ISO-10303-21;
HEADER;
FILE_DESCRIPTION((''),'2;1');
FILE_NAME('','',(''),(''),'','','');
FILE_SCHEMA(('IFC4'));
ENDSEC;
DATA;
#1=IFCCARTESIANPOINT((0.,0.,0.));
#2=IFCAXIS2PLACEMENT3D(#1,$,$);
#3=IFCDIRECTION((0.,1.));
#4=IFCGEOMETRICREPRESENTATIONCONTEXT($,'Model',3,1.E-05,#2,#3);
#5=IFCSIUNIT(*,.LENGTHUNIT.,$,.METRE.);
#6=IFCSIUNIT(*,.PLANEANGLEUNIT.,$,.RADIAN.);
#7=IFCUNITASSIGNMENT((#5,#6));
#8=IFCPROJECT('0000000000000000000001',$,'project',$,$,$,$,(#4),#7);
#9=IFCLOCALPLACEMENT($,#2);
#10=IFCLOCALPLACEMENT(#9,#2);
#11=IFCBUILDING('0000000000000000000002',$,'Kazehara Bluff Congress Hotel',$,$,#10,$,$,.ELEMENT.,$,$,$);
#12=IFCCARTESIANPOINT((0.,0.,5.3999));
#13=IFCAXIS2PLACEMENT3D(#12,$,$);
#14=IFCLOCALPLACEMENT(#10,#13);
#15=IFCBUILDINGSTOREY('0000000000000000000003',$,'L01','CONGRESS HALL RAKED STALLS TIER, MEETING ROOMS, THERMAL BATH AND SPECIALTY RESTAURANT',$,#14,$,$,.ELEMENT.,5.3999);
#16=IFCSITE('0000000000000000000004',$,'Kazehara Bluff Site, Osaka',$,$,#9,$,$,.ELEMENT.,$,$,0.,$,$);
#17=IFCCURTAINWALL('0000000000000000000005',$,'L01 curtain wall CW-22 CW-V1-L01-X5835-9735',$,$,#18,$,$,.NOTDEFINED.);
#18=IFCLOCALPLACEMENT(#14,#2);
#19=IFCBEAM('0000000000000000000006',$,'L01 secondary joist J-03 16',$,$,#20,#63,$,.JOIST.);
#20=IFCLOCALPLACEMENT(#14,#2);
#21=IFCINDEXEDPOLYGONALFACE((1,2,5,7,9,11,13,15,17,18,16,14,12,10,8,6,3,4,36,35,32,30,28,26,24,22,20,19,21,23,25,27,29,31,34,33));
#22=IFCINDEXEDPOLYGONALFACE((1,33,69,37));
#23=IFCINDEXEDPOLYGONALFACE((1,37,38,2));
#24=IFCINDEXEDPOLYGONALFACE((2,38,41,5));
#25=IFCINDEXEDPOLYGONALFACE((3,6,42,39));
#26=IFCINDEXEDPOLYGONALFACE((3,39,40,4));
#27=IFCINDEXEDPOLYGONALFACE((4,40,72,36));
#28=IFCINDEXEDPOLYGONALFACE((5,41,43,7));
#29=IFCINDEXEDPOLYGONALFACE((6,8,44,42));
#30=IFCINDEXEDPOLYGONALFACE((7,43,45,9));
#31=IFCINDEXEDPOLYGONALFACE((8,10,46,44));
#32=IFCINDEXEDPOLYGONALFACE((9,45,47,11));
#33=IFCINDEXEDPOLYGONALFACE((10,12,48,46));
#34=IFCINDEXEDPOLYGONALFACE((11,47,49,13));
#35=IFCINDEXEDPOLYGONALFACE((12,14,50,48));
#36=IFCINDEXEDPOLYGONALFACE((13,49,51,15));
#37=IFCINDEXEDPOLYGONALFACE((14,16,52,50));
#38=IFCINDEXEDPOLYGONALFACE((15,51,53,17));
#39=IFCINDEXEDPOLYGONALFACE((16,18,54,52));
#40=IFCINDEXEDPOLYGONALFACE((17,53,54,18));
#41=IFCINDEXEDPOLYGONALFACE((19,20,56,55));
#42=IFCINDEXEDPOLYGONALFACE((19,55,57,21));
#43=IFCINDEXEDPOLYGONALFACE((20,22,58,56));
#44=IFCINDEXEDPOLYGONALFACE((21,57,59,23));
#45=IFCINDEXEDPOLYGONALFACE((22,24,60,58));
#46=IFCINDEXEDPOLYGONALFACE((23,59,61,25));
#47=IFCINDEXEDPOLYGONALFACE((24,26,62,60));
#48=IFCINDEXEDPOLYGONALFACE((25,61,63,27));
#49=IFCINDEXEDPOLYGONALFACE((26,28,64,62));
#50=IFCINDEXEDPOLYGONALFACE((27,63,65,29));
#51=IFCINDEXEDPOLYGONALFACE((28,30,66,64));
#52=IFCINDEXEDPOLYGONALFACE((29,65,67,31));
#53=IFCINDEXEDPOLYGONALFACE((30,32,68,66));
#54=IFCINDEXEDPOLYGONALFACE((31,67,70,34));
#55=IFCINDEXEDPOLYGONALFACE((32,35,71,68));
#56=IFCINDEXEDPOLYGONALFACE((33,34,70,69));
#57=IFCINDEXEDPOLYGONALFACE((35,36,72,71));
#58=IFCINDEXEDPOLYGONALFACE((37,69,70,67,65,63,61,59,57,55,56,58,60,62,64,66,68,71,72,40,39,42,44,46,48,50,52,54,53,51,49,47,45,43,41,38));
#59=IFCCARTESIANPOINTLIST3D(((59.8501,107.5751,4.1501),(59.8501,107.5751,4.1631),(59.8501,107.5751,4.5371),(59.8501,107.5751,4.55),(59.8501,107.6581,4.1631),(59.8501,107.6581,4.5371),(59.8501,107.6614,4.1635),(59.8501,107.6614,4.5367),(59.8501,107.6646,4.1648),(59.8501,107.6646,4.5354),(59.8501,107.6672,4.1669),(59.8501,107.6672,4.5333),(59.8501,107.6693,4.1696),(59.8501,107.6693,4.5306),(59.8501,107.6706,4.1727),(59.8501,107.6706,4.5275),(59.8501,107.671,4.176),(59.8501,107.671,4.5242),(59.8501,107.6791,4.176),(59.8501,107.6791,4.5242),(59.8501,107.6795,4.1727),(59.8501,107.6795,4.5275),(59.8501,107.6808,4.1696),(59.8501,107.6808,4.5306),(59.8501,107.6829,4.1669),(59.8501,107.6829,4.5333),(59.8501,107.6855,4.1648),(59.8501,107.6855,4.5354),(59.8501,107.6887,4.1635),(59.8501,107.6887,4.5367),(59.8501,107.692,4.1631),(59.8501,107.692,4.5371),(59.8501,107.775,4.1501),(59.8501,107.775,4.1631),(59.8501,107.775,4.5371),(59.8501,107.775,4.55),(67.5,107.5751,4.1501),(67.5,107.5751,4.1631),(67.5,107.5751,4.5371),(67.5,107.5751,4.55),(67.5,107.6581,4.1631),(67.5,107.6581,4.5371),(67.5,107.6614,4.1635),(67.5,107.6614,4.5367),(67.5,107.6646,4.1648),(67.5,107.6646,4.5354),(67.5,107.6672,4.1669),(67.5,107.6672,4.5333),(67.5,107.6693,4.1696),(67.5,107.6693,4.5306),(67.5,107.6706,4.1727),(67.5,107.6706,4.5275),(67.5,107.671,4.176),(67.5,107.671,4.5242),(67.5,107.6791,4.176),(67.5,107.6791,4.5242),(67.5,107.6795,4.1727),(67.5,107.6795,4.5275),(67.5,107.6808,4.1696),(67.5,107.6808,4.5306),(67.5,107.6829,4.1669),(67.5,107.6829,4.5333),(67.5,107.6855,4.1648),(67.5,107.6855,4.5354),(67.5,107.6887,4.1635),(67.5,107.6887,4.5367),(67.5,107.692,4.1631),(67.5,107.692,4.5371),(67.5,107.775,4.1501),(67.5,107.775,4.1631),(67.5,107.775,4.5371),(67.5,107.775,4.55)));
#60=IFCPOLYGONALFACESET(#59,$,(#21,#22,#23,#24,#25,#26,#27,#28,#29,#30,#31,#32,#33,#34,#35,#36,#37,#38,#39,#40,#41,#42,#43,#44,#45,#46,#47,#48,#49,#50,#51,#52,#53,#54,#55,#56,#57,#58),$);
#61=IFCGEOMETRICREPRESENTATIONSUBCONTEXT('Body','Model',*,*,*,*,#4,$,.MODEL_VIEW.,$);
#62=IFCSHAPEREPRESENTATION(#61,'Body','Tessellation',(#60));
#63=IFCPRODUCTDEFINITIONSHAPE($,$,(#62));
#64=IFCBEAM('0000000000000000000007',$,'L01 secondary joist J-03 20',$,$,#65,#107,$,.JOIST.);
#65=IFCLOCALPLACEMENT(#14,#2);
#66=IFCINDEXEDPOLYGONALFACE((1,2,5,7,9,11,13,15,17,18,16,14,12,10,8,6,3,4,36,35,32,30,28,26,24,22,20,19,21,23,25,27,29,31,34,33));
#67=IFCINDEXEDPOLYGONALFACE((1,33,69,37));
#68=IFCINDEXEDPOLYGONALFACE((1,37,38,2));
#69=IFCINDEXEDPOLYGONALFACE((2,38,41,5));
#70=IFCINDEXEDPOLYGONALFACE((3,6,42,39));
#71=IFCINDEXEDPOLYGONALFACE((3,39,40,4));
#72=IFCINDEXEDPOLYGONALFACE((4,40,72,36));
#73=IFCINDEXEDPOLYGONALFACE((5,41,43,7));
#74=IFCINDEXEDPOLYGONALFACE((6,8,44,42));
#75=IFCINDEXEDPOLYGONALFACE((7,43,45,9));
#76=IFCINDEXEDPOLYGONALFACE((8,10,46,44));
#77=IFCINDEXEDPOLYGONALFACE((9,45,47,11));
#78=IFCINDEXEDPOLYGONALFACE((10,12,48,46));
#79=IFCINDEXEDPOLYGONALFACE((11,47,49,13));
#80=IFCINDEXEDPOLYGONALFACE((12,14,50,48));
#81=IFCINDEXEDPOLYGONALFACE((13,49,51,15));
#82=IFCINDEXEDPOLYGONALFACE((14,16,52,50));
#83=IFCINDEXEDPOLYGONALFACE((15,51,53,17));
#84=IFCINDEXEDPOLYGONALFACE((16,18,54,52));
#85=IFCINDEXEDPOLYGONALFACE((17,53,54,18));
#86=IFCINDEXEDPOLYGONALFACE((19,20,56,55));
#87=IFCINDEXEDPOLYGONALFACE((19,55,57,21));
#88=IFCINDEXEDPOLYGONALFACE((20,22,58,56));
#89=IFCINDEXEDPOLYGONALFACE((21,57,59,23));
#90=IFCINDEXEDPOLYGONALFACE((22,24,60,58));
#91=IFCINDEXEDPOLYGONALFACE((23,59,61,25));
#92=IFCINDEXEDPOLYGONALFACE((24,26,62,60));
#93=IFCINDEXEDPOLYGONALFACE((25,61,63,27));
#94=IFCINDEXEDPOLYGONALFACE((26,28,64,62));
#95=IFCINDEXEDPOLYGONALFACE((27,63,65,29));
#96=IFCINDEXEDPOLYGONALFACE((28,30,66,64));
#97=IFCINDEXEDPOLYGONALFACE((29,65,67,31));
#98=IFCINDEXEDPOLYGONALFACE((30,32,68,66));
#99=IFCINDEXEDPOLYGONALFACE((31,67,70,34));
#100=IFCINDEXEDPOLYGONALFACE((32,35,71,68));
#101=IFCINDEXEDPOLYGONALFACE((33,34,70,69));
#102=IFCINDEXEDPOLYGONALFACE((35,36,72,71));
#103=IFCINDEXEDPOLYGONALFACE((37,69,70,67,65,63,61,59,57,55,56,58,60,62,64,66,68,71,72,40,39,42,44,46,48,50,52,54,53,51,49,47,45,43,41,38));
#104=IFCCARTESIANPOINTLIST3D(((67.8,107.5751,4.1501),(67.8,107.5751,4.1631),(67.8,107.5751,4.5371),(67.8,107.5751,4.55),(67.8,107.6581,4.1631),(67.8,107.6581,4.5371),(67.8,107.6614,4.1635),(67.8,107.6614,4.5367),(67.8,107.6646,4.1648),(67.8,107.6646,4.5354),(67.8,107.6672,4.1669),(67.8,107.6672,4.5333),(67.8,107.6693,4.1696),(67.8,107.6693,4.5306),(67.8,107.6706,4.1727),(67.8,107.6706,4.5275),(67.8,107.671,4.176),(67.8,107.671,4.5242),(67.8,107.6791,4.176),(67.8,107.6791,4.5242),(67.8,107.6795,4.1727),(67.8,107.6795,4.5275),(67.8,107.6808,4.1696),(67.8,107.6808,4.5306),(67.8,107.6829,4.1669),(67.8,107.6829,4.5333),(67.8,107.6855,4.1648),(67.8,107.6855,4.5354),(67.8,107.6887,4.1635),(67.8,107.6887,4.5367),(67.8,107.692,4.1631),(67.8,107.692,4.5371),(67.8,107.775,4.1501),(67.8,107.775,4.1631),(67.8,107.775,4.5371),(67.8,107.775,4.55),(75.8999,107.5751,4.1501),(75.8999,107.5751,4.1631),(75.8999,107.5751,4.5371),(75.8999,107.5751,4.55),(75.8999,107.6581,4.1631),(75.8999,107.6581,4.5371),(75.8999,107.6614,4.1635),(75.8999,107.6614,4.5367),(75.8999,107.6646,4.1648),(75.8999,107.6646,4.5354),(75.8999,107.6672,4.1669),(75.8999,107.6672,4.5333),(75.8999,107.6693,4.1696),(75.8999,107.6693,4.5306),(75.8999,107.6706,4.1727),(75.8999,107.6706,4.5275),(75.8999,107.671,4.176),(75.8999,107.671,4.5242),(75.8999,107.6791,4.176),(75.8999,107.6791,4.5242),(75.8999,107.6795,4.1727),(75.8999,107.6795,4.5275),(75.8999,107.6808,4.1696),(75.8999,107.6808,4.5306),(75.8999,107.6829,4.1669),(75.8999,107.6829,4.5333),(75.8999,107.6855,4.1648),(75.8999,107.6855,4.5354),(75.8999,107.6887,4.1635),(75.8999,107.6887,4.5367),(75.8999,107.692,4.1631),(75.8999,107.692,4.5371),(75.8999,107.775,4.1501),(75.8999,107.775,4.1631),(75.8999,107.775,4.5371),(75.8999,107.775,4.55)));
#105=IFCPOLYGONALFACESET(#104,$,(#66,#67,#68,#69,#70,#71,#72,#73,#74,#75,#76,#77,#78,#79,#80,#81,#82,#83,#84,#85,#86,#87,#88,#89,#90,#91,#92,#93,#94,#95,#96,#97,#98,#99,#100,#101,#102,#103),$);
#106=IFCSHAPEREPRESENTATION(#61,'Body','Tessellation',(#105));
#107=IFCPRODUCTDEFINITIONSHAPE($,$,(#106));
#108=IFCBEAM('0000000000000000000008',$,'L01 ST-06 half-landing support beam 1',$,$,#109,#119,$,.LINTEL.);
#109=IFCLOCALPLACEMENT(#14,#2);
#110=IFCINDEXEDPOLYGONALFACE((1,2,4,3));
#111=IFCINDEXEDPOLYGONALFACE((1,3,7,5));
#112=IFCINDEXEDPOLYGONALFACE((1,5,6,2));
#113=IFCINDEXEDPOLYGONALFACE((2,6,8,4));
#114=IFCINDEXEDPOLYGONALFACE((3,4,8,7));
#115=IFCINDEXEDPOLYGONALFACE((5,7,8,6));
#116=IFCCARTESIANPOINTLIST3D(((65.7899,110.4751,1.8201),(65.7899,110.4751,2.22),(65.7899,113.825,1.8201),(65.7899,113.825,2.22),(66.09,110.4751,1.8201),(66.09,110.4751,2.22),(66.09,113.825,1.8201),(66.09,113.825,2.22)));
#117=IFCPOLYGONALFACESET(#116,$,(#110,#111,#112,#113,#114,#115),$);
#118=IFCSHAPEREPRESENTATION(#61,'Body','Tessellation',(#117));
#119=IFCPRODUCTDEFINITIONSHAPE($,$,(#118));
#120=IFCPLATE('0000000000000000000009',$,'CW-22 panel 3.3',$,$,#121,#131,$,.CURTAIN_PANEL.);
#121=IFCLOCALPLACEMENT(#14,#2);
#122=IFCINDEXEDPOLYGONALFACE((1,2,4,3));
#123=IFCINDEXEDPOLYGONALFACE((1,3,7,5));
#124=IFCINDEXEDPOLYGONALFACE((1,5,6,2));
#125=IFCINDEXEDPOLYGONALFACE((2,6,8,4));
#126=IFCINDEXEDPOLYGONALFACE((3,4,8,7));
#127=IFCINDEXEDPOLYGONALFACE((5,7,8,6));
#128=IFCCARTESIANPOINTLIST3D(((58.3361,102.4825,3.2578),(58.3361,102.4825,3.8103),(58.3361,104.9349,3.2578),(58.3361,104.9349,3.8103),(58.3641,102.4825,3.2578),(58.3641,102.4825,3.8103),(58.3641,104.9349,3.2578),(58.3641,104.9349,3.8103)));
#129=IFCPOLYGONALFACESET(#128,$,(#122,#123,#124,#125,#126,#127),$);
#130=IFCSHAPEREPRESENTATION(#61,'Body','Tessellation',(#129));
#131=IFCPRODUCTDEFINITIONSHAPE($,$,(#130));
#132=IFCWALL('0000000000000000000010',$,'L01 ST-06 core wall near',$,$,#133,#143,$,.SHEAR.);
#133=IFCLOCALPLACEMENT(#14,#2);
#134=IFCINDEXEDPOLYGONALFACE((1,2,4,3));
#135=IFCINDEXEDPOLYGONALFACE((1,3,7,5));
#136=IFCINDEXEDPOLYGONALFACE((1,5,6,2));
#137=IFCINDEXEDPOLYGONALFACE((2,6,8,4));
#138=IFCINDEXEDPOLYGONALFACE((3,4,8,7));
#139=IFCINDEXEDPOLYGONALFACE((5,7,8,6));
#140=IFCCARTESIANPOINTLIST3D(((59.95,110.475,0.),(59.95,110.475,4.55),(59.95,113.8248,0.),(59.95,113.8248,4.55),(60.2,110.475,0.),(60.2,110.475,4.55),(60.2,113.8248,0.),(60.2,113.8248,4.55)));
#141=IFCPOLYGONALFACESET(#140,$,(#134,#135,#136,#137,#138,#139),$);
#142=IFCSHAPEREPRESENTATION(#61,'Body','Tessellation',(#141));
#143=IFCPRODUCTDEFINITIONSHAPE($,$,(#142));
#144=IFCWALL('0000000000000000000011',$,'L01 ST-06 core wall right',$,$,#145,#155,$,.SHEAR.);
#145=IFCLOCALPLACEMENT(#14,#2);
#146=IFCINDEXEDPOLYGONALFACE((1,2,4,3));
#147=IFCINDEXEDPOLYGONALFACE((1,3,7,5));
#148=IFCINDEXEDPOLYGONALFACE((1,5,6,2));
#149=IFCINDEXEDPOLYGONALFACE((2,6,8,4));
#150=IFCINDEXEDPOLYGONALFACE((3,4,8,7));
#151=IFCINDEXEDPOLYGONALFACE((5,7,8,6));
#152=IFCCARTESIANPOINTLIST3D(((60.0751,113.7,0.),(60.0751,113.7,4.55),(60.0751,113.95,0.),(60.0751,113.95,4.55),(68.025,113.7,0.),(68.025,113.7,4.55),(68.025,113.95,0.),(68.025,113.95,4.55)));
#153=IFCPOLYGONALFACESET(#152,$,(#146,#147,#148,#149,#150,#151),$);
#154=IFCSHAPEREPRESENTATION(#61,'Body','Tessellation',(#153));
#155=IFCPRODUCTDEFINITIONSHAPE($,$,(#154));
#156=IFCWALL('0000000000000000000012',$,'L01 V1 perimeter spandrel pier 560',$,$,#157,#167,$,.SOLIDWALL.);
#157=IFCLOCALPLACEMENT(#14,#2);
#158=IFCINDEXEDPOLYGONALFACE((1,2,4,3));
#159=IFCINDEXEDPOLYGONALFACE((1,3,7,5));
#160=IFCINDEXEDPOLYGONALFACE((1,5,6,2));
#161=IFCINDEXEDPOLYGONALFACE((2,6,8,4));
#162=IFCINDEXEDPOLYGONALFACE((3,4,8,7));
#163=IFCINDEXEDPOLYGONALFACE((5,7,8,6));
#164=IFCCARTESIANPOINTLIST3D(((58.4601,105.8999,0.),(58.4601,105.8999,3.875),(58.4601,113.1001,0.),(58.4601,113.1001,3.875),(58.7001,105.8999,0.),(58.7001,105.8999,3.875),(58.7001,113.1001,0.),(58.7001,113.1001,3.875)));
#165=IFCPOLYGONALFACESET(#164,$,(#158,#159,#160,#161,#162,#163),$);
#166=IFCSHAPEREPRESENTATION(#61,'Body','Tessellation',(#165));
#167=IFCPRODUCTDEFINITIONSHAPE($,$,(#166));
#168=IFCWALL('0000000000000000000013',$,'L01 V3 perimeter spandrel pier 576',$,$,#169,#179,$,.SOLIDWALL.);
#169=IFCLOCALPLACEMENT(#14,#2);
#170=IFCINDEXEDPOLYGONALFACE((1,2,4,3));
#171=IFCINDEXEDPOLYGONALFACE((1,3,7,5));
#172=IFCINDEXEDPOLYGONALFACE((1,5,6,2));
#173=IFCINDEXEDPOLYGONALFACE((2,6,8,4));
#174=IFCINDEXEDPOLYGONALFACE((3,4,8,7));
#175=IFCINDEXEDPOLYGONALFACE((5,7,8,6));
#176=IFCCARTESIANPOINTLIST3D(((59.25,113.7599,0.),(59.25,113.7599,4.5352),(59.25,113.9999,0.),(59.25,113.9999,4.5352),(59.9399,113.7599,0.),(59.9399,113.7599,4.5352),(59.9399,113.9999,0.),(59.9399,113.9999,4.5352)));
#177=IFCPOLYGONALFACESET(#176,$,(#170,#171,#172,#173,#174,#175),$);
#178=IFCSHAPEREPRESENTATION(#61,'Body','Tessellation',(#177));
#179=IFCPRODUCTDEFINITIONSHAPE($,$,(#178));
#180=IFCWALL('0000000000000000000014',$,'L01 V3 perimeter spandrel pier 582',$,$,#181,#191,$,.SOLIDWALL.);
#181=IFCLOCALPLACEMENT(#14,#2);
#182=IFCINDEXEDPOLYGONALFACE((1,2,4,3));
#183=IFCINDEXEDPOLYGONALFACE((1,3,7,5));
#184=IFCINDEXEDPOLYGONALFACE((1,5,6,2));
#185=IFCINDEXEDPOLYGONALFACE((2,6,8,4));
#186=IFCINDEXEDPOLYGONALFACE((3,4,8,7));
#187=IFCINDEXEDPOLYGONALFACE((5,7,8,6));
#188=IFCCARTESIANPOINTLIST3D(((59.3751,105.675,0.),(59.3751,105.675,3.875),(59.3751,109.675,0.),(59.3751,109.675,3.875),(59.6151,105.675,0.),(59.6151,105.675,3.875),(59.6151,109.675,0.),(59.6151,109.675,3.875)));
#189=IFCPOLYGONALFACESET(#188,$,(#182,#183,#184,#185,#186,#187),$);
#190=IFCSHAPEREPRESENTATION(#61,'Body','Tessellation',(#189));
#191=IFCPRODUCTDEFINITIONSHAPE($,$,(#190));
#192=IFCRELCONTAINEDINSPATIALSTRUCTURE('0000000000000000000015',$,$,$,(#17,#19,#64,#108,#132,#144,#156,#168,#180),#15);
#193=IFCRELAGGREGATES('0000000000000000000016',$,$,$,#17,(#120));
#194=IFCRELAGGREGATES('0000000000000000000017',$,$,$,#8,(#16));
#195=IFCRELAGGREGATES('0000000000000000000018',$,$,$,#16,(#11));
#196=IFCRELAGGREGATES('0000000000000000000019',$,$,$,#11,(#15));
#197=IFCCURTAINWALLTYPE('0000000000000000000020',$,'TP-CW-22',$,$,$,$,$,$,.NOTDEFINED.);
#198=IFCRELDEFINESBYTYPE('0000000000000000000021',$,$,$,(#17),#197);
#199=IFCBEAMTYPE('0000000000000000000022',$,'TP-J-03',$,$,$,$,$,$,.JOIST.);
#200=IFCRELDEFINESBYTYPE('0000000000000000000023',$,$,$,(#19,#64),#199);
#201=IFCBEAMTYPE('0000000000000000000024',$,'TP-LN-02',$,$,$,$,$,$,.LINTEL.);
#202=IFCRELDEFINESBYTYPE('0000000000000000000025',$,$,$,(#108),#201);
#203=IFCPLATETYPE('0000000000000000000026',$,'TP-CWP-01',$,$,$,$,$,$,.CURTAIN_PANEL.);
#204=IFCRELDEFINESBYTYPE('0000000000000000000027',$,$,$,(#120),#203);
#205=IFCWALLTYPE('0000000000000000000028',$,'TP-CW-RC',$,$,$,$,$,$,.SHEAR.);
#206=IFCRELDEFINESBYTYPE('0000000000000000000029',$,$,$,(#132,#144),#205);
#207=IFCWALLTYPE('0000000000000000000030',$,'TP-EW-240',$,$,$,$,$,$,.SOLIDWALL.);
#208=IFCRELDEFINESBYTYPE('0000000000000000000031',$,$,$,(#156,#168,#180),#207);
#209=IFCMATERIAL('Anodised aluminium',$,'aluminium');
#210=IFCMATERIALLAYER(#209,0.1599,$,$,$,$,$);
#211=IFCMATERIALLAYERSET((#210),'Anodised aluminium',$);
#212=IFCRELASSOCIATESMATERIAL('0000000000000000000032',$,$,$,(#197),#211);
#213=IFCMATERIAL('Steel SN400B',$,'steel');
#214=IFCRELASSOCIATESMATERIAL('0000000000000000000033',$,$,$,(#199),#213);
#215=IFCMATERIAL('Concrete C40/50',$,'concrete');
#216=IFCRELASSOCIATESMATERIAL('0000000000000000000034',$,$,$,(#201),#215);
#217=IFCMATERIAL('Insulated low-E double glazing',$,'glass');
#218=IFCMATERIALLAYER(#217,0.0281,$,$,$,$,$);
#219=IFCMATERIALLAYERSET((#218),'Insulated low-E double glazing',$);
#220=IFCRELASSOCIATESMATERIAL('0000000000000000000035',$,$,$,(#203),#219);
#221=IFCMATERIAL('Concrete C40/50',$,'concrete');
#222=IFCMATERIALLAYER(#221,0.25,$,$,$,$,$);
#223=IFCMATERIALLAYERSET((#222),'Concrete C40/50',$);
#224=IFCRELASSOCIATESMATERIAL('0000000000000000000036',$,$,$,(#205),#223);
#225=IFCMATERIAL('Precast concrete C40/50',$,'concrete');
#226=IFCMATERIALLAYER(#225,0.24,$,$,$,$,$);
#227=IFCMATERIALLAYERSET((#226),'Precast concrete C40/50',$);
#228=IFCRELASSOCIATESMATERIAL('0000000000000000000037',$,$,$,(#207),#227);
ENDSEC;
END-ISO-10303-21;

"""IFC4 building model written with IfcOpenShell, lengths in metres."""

from ifc_helpers import new_model, si_unit, direction, frame, frame_2d, origin, origin_2d, place, context, subcontext, project, spatial, rectangle, i_section, extrude, material, layer, layer_set, material_profile, profile_set, type_object, element, aggregate, save


model = new_model("IFC4")

# Units and contexts
model_context = context("Model", 3, precision=1e-05, world=origin(), true_north=direction((0.0, 1.0)))
body_context = subcontext(model_context, "Body", "Model", "MODEL_VIEW")
ifc_project = project(units=[si_unit("LENGTHUNIT", "METRE"), si_unit("PLANEANGLEUNIT", "RADIAN")], contexts=[model_context])

# Site, building, storey
site_placement = place(None, origin())
site = spatial("IfcSite", under=ifc_project, at=site_placement, Name="Kazehara Bluff Site, Osaka", CompositionType="ELEMENT", RefElevation=0.0)
building_placement = place(site_placement, origin())
building = spatial("IfcBuilding", under=site, at=building_placement, Name="Kazehara Bluff Congress Hotel", CompositionType="ELEMENT")
storey_placement = place(building_placement, frame((0.0, 0.0, 5.3999)))
storey = spatial("IfcBuildingStorey", under=building, at=storey_placement, Name="L01", Description="CONGRESS HALL RAKED STALLS TIER, MEETING ROOMS, THERMAL BATH AND SPECIALTY RESTAURANT", CompositionType="ELEMENT", Elevation=5.3999)

# Curtain wall
ifc_material_1 = material(Name="Anodised aluminium", Category="aluminium")
ifc_layer_1 = layer(ifc_material_1, 0.1599)
ifc_layer_set_1 = layer_set([ifc_layer_1], Name="Anodised aluminium")
curtain_wall_type = type_object("IfcCurtainWallType", Name="TP-CW-22", PredefinedType="NOTDEFINED", material=ifc_layer_set_1)
curtain_wall_placement = place(storey_placement, origin())
curtain_wall = element("IfcCurtainWall", 1, at=curtain_wall_placement, inside=storey, type_object=curtain_wall_type, Name="L01 curtain wall CW-22 CW-V1-L01-X5835-9735", PredefinedType="NOTDEFINED")

# Beams
ifc_material_2 = material(Name="Steel SN400B", Category="steel")
ifc_material_profile_1 = material_profile(ifc_material_2, i_section(OverallWidth=0.2, OverallDepth=0.3999, WebThickness=0.0081, FlangeThickness=0.0129, FilletRadius=0.0129, at=origin_2d()))
ifc_profile_set_1 = profile_set([ifc_material_profile_1], Name="Steel SN400B")
beam_type_1 = type_object("IfcBeamType", Name="TP-J-03", PredefinedType="JOIST", material=ifc_profile_set_1)
beam_1_placement = place(storey_placement, frame((59.8501, 107.675, 4.3501), z_axis=(1.0, 0.0, 0.0), x_axis=(0.0, 1.0, 0.0)))
element("IfcBeam", 2, at=beam_1_placement, inside=storey, type_object=beam_type_1, Name="L01 secondary joist J-03 16", PredefinedType="JOIST", context=body_context, shape_type="SweptSolid", body=[
    extrude(i_section(OverallWidth=0.2, OverallDepth=0.3999, WebThickness=0.0081, FlangeThickness=0.0129, FilletRadius=0.0129, at=origin_2d()), origin(), (0.0, 0.0, 1.0), 7.6499),
])
beam_2_placement = place(storey_placement, frame((67.8, 107.675, 4.3501), z_axis=(1.0, 0.0, 0.0), x_axis=(0.0, 1.0, 0.0)))
element("IfcBeam", 3, at=beam_2_placement, inside=storey, type_object=beam_type_1, Name="L01 secondary joist J-03 20", PredefinedType="JOIST", context=body_context, shape_type="SweptSolid", body=[
    extrude(i_section(OverallWidth=0.2, OverallDepth=0.3999, WebThickness=0.0081, FlangeThickness=0.0129, FilletRadius=0.0129, at=origin_2d()), origin(), (0.0, 0.0, 1.0), 8.0999),
])
ifc_material_3 = material(Name="Concrete C40/50", Category="concrete")
ifc_material_profile_2 = material_profile(ifc_material_3, rectangle(XDim=0.3, YDim=0.3999, at=origin_2d()))
ifc_profile_set_2 = profile_set([ifc_material_profile_2], Name="Concrete C40/50")
beam_type_2 = type_object("IfcBeamType", Name="TP-LN-02", PredefinedType="LINTEL", material=ifc_profile_set_2)
beam_3_placement = place(storey_placement, frame((65.9399, 110.4751, 2.02), z_axis=(0.0, 1.0, 0.0), x_axis=(-1.0, 0.0, 0.0)))
element("IfcBeam", 4, at=beam_3_placement, inside=storey, type_object=beam_type_2, Name="L01 ST-06 half-landing support beam 1", PredefinedType="LINTEL", context=body_context, shape_type="SweptSolid", body=[
    extrude(rectangle(XDim=0.3, YDim=0.3999, at=origin_2d()), origin(), (0.0, 0.0, 1.0), 3.3499),
])

# Plate
ifc_material_4 = material(Name="Insulated low-E double glazing", Category="glass")
ifc_layer_2 = layer(ifc_material_4, 0.0281)
ifc_layer_set_2 = layer_set([ifc_layer_2], Name="Insulated low-E double glazing")
plate_type = type_object("IfcPlateType", Name="TP-CWP-01", PredefinedType="CURTAIN_PANEL", material=ifc_layer_set_2)
plate_placement = place(storey_placement, frame((58.3501, 103.7087, 3.2578), z_axis=(0.0, 0.0, 1.0), x_axis=(0.0, 1.0, 0.0)))
plate = element("IfcPlate", 5, at=plate_placement, type_object=plate_type, Name="CW-22 panel 3.3", PredefinedType="CURTAIN_PANEL", context=body_context, shape_type="SweptSolid", body=[
    extrude(rectangle(XDim=2.4524, YDim=0.0281, at=origin_2d()), origin(), (0.0, 0.0, 1.0), 0.5525),
])
aggregate(curtain_wall, [plate])

# Walls
ifc_material_5 = material(Name="Concrete C40/50", Category="concrete")
ifc_layer_3 = layer(ifc_material_5, 0.25)
ifc_layer_set_3 = layer_set([ifc_layer_3], Name="Concrete C40/50")
wall_type_1 = type_object("IfcWallType", Name="TP-CW-RC", PredefinedType="SHEAR", material=ifc_layer_set_3)
wall_1_placement = place(storey_placement, frame((60.075, 110.4751, 0.0), z_axis=(0.0, 0.0, 1.0), x_axis=(0.0, 1.0, 0.0)))
element("IfcWall", 6, at=wall_1_placement, inside=storey, type_object=wall_type_1, Name="L01 ST-06 core wall near", PredefinedType="SHEAR", context=body_context, shape_type="SweptSolid", body=[
    extrude(rectangle(XDim=3.3499, YDim=0.25, at=frame_2d((1.6748, 0.0))), origin(), (0.0, 0.0, 1.0), 4.55),
])
wall_2_placement = place(storey_placement, frame((60.075, 113.825, 0.0), z_axis=(0.0, 0.0, 1.0), x_axis=(1.0, 0.0, 0.0)))
element("IfcWall", 7, at=wall_2_placement, inside=storey, type_object=wall_type_1, Name="L01 ST-06 core wall right", PredefinedType="SHEAR", context=body_context, shape_type="SweptSolid", body=[
    extrude(rectangle(XDim=7.95, YDim=0.25, at=frame_2d((3.9751, 0.0))), origin(), (0.0, 0.0, 1.0), 4.55),
])
ifc_material_6 = material(Name="Precast concrete C40/50", Category="concrete")
ifc_layer_4 = layer(ifc_material_6, 0.24)
ifc_layer_set_4 = layer_set([ifc_layer_4], Name="Precast concrete C40/50")
wall_type_2 = type_object("IfcWallType", Name="TP-EW-240", PredefinedType="SOLIDWALL", material=ifc_layer_set_4)
wall_3_placement = place(storey_placement, frame((58.5801, 113.1001, 0.0), z_axis=(0.0, 0.0, 1.0), x_axis=(0.0, -1.0, 0.0)))
element("IfcWall", 8, at=wall_3_placement, inside=storey, type_object=wall_type_2, Name="L01 V1 perimeter spandrel pier 560", PredefinedType="SOLIDWALL", context=body_context, shape_type="SweptSolid", body=[
    extrude(rectangle(XDim=7.2002, YDim=0.24, at=frame_2d((3.6001, 0.0))), origin(), (0.0, 0.0, 1.0), 3.875),
])
wall_4_placement = place(storey_placement, frame((59.25, 113.8799, 0.0), z_axis=(0.0, 0.0, 1.0), x_axis=(1.0, 0.0, 0.0)))
element("IfcWall", 9, at=wall_4_placement, inside=storey, type_object=wall_type_2, Name="L01 V3 perimeter spandrel pier 576", PredefinedType="SOLIDWALL", context=body_context, shape_type="SweptSolid", body=[
    extrude(rectangle(XDim=0.6899, YDim=0.24, at=frame_2d((0.345, 0.0))), origin(), (0.0, 0.0, 1.0), 4.5352),
])
wall_5_placement = place(storey_placement, frame((59.4951, 105.675, 0.0), z_axis=(0.0, 0.0, 1.0), x_axis=(0.0, 1.0, 0.0)))
element("IfcWall", 10, at=wall_5_placement, inside=storey, type_object=wall_type_2, Name="L01 V3 perimeter spandrel pier 582", PredefinedType="SOLIDWALL", context=body_context, shape_type="SweptSolid", body=[
    extrude(rectangle(XDim=4.0, YDim=0.24, at=frame_2d((2.0, 0.0))), origin(), (0.0, 0.0, 1.0), 3.875),
])

save(model, "model.ifc")
